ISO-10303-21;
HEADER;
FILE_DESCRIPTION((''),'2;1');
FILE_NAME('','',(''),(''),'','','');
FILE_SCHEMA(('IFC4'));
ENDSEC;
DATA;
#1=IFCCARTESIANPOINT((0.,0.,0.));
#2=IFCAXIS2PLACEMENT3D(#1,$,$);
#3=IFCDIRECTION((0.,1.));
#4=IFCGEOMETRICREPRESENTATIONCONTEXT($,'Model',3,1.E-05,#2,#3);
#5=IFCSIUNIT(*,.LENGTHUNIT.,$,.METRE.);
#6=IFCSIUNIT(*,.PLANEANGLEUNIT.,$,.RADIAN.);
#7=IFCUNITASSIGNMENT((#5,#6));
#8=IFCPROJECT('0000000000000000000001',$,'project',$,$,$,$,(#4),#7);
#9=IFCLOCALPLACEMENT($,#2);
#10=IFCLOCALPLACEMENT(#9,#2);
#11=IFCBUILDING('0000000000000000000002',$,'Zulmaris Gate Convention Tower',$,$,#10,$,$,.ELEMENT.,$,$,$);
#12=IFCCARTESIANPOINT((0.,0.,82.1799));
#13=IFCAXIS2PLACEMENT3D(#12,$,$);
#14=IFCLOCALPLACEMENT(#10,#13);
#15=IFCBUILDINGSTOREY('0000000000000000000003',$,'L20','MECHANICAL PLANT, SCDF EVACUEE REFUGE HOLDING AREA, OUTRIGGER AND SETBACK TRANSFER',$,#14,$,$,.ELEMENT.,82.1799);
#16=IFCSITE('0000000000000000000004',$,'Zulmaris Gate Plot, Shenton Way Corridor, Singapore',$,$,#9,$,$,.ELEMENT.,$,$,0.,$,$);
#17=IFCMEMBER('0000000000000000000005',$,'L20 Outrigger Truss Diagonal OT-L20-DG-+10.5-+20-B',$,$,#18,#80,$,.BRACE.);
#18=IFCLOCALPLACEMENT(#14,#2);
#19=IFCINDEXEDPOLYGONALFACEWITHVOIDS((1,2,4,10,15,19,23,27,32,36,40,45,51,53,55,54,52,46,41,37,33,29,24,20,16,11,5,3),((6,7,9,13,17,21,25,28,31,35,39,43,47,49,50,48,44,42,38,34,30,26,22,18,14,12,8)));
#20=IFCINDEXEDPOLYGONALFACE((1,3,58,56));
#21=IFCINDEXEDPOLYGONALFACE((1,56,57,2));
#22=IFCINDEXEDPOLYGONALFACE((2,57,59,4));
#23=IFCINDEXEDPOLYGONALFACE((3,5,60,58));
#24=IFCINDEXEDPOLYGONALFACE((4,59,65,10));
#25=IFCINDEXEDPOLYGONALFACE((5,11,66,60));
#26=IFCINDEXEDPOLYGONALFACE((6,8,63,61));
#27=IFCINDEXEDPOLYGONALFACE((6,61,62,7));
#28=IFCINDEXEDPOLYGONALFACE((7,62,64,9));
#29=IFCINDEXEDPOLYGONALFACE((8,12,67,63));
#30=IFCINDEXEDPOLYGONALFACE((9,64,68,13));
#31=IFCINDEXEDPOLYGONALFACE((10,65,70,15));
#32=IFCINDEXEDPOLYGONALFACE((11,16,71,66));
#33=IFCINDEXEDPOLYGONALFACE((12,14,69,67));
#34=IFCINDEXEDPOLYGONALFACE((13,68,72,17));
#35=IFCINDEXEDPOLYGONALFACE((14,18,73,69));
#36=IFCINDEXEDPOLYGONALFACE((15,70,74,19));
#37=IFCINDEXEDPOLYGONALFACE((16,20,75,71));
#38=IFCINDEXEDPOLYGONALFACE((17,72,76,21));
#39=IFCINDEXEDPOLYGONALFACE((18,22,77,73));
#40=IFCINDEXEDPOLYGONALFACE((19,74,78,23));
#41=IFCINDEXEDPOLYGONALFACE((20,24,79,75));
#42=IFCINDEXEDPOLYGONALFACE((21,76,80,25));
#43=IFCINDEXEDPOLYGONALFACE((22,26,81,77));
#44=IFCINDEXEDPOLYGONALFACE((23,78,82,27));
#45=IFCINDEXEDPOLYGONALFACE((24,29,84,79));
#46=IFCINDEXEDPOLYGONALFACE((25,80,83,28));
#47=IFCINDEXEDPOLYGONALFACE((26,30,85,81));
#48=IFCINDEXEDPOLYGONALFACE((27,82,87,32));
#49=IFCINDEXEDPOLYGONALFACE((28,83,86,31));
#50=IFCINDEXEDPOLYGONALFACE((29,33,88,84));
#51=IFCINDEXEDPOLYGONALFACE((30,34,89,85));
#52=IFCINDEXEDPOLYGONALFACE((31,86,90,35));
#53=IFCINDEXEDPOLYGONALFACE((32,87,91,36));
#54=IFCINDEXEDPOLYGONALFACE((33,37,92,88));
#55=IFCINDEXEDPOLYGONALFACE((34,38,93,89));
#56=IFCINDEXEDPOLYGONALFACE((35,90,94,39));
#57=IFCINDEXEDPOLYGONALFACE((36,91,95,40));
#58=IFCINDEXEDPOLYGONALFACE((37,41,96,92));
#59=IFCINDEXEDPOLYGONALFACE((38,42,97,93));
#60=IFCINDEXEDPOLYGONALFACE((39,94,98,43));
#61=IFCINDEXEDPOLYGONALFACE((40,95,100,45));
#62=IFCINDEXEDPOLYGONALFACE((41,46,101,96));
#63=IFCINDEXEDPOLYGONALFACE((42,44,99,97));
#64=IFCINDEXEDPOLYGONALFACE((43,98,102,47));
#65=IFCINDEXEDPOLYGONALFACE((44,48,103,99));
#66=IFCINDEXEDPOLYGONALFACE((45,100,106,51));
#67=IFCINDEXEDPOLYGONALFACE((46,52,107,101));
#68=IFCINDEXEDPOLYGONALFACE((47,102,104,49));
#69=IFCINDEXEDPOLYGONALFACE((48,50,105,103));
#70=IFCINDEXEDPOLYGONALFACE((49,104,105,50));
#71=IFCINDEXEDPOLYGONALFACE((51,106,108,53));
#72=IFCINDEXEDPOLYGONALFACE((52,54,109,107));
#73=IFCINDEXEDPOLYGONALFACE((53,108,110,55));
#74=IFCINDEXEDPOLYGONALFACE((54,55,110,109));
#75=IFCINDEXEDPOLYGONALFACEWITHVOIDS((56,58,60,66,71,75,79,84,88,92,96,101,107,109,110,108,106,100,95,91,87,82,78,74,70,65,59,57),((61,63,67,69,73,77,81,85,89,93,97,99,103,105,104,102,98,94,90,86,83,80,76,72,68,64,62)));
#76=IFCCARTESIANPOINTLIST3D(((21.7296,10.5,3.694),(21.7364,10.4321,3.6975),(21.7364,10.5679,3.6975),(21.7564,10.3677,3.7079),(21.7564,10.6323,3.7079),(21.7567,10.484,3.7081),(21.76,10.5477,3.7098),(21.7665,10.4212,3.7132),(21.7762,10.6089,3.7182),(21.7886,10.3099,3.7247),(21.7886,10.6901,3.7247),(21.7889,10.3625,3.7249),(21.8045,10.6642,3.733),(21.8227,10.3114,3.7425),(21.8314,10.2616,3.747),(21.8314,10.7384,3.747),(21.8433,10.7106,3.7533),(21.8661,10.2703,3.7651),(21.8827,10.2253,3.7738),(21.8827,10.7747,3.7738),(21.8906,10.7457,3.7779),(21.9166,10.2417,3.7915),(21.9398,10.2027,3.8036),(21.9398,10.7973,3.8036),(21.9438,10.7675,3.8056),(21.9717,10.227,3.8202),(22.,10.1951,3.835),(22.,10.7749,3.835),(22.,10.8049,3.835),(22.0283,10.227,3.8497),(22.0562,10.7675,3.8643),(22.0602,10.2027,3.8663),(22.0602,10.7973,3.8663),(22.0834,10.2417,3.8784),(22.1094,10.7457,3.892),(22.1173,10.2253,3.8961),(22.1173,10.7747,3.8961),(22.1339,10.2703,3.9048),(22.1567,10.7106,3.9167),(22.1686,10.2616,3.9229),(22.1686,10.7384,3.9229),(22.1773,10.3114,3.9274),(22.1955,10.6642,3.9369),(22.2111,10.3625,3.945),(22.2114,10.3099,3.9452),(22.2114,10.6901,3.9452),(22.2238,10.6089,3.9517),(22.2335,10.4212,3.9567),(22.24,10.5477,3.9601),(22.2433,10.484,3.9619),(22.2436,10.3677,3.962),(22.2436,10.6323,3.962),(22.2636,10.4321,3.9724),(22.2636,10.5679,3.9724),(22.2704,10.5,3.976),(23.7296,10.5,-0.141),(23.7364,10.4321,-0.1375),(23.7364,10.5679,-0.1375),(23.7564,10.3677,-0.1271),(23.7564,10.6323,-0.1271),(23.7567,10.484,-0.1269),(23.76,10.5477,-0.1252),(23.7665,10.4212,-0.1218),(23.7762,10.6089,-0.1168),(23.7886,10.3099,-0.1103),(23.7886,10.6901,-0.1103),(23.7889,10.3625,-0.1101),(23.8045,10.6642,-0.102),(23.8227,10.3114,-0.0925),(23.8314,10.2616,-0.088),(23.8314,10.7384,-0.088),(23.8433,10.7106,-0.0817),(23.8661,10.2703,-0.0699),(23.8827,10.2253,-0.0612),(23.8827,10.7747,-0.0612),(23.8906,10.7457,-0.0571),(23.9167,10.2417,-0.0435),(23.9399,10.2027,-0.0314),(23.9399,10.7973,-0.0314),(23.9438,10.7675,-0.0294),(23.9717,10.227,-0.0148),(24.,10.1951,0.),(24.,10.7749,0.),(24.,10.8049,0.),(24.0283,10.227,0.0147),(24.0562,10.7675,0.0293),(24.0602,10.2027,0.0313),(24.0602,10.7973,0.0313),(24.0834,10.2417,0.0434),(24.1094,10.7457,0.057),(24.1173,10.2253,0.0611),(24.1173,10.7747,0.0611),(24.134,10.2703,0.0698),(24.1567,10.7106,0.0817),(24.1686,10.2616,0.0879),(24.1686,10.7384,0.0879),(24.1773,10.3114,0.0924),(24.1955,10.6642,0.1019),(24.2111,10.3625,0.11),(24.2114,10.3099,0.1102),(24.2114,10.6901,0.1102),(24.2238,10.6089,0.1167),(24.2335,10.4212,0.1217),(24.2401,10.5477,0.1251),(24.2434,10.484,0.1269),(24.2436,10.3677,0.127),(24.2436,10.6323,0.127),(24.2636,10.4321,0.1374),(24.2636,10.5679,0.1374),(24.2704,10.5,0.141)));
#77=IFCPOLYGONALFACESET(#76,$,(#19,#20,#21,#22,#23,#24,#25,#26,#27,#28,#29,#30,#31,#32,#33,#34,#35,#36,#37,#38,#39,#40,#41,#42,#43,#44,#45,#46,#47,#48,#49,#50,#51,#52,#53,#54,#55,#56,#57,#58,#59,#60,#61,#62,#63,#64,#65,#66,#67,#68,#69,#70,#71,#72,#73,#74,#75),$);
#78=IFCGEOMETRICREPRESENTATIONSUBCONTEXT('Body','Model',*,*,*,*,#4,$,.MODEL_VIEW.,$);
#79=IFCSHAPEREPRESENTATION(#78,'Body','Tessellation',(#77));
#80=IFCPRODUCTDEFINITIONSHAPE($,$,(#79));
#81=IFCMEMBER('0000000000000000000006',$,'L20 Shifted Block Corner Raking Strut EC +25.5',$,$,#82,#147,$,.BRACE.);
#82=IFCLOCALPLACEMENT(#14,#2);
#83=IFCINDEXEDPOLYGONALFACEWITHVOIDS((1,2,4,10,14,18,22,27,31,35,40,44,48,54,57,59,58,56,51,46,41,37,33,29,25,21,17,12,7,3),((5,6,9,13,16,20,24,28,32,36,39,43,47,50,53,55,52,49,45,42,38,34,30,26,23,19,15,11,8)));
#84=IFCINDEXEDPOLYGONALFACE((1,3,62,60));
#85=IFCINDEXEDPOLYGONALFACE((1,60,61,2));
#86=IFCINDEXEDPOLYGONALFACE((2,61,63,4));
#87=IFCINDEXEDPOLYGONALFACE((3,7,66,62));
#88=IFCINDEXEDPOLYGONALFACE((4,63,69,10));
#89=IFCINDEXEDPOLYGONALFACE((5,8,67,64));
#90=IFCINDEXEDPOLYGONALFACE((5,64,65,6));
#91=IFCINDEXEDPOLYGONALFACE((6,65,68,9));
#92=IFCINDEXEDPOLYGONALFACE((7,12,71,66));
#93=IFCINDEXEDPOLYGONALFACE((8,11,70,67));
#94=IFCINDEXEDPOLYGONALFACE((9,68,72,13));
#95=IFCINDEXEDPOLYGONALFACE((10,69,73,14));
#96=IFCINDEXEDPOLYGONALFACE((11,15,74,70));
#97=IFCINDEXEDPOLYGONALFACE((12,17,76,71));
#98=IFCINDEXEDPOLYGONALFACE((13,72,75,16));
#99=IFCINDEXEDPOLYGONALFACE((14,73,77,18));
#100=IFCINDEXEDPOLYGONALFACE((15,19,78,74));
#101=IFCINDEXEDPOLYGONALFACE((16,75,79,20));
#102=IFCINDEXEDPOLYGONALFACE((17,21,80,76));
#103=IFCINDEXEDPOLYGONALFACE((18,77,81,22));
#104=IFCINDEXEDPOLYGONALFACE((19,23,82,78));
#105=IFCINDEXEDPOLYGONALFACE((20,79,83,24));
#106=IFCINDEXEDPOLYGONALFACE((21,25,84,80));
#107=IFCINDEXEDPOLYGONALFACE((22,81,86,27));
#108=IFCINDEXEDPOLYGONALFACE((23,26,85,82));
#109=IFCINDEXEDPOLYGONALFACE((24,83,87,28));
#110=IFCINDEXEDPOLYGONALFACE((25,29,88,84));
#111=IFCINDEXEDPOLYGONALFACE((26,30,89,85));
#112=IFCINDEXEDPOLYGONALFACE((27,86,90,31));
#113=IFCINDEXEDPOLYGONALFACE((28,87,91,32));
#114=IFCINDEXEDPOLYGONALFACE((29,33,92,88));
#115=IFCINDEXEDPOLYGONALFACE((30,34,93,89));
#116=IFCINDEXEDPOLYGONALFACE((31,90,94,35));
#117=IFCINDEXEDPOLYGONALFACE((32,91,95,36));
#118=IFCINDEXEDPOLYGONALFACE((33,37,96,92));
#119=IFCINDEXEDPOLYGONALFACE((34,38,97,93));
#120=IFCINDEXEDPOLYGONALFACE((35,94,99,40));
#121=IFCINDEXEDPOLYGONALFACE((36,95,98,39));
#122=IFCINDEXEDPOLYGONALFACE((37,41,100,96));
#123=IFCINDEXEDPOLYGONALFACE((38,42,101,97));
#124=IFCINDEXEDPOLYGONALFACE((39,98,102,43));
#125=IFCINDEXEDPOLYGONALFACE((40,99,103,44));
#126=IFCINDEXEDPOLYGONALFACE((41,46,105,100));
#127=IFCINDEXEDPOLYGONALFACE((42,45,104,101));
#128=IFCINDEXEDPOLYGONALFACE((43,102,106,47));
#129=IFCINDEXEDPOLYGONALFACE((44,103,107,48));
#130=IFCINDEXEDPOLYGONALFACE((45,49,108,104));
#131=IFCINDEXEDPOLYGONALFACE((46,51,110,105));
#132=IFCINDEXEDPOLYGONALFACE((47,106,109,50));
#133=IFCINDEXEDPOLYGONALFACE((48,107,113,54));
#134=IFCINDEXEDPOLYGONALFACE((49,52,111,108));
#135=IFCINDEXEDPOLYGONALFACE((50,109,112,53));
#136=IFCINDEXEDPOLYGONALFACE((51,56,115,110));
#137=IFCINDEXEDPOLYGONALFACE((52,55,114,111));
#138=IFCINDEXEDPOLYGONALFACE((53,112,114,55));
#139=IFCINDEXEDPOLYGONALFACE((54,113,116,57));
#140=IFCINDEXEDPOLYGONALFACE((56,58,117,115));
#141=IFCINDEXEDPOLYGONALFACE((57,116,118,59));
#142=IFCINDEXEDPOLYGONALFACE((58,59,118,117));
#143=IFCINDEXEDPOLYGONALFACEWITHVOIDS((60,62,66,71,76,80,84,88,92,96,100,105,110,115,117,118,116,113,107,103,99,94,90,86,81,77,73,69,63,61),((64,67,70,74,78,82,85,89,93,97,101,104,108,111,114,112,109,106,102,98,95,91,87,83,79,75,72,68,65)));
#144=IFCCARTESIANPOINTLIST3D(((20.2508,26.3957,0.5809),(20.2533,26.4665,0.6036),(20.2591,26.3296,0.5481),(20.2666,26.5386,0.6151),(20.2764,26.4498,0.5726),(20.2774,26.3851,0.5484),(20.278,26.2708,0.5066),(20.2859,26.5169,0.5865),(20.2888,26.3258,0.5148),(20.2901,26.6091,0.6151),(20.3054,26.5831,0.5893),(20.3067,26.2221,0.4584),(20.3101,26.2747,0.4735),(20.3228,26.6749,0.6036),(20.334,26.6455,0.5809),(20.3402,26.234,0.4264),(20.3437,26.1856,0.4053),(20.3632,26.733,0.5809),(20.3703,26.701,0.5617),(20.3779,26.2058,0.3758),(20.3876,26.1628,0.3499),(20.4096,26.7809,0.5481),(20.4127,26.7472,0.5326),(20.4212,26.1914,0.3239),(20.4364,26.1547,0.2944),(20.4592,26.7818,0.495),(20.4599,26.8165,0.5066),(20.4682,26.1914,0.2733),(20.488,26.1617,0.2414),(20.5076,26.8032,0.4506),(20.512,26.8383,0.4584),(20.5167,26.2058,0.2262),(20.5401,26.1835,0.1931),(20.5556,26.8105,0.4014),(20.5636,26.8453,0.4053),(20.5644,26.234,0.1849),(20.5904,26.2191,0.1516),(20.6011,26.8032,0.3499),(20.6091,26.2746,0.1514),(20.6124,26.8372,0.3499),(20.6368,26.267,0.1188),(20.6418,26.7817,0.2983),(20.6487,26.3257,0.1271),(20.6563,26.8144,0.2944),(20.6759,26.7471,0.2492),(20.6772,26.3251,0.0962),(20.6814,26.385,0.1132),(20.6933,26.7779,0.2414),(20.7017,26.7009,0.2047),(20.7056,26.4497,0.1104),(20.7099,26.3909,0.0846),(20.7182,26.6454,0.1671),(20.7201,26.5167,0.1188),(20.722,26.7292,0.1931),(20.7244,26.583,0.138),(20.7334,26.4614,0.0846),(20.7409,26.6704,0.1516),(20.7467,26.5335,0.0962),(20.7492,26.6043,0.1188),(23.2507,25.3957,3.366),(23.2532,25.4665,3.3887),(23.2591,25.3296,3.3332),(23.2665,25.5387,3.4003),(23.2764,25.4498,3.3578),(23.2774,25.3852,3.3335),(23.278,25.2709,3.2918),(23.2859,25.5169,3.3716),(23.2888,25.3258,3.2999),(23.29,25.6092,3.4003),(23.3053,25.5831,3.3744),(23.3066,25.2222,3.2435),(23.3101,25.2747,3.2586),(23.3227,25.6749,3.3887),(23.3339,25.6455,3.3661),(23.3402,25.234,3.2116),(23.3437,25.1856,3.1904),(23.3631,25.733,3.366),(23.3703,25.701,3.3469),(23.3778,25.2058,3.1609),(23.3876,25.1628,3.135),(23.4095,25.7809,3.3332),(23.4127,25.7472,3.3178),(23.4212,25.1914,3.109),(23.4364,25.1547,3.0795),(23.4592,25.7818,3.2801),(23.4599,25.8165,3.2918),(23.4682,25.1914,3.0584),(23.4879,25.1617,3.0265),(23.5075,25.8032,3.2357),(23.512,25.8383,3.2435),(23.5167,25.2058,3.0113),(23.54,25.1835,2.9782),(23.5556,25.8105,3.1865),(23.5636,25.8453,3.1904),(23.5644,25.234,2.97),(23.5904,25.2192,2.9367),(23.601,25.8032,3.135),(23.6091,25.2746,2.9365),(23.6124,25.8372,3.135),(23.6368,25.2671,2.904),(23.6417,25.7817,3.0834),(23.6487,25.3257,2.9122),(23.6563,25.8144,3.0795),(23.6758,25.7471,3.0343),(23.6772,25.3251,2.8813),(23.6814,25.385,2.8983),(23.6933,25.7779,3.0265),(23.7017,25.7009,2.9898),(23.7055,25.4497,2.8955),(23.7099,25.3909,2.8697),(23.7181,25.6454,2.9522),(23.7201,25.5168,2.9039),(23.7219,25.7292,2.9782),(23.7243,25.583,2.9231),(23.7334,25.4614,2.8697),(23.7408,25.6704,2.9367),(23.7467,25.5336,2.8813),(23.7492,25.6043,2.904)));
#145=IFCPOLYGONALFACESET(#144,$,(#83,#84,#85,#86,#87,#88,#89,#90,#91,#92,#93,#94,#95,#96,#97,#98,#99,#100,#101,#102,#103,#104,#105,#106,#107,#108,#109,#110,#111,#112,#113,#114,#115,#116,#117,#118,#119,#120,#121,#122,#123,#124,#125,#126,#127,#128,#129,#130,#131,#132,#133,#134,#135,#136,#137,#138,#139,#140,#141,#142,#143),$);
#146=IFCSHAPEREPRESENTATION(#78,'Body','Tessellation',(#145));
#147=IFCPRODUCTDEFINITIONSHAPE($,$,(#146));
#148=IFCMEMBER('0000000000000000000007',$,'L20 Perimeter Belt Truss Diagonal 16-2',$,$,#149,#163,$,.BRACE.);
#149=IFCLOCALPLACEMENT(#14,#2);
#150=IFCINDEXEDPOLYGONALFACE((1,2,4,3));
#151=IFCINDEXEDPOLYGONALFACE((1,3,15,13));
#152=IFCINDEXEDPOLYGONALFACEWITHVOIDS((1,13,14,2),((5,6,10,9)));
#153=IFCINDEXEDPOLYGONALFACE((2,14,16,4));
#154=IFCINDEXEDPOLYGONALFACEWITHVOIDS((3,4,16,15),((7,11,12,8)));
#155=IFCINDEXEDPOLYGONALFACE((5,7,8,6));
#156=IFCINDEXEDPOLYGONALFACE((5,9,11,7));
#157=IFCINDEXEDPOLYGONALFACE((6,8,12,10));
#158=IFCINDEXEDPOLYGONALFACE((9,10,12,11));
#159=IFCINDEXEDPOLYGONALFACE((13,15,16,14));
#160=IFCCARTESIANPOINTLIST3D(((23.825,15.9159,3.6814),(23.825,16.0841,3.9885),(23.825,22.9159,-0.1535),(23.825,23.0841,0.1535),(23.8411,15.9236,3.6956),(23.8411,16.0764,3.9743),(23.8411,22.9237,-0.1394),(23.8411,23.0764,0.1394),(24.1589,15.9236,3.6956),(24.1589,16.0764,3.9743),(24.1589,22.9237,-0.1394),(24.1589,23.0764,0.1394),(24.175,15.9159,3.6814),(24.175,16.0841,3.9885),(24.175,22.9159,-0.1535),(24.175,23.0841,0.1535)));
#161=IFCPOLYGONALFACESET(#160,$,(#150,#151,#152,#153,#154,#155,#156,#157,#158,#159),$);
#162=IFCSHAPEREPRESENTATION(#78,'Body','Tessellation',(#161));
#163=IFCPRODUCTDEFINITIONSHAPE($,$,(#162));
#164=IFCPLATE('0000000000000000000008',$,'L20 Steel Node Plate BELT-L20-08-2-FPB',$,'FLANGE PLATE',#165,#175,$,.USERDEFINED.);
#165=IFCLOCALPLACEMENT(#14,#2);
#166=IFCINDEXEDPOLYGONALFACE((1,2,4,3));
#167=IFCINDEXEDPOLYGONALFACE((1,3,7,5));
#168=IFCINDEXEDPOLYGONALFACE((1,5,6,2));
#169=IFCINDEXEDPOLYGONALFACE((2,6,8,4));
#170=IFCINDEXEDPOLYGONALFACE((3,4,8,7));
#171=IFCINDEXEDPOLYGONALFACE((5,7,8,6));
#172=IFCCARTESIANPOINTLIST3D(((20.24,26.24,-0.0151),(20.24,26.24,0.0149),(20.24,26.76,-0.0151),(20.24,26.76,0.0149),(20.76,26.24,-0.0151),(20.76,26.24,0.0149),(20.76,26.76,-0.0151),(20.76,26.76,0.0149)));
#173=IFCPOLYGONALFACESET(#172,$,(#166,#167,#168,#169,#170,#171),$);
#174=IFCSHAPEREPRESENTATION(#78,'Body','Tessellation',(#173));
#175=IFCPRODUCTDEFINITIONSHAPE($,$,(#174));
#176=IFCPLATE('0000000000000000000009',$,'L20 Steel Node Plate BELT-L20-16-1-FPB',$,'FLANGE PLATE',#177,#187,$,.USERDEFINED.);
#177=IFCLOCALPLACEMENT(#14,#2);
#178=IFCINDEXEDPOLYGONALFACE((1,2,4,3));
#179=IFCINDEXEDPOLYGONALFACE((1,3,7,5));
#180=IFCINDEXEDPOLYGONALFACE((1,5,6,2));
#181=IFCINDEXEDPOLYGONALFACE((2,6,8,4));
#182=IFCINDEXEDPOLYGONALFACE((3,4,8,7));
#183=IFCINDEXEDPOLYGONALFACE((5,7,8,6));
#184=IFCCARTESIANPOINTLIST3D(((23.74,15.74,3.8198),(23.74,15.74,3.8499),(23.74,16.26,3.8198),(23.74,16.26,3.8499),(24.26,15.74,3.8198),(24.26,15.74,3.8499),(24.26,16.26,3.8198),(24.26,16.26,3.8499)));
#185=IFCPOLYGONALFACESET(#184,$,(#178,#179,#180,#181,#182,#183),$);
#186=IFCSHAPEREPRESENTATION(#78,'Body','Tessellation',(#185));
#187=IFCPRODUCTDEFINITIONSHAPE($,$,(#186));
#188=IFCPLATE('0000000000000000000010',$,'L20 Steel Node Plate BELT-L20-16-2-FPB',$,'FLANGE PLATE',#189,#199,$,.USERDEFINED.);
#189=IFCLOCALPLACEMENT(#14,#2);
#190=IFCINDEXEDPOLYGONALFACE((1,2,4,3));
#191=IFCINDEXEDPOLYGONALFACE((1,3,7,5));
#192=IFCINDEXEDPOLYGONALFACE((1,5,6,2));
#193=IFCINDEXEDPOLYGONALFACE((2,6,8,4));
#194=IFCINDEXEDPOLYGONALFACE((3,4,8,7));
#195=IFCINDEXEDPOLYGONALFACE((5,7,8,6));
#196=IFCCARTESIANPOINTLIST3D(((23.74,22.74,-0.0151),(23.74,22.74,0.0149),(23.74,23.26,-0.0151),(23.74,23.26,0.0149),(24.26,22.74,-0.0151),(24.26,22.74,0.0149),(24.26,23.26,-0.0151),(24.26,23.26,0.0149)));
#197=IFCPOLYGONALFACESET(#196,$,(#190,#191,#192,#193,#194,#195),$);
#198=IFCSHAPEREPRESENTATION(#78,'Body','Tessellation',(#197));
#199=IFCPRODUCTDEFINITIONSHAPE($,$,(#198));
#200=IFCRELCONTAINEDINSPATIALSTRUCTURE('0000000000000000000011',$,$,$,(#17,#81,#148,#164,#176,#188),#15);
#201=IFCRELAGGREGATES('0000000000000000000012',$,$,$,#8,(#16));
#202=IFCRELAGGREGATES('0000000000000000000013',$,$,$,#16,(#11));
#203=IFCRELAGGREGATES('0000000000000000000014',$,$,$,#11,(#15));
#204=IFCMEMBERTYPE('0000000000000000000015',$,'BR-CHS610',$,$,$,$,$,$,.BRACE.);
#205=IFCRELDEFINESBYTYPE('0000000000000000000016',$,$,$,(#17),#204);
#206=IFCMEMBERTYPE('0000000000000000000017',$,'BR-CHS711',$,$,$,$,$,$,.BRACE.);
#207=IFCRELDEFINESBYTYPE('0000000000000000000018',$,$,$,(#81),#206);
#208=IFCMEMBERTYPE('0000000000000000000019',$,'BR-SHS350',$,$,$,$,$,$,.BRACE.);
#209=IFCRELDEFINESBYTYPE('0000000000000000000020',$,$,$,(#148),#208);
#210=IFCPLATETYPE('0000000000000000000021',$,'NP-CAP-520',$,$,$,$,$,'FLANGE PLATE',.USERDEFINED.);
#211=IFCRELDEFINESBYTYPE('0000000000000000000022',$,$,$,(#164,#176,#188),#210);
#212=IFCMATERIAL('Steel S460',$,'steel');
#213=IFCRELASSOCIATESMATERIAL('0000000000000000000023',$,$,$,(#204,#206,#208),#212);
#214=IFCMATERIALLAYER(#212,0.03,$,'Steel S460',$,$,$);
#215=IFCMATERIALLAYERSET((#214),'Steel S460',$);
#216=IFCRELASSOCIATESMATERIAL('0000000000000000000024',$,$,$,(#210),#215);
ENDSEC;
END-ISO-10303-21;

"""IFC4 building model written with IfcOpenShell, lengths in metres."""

from ifc_helpers import new_model, si_unit, direction, frame, origin, origin_2d, place, context, subcontext, project, spatial, rectangle, hollow_rectangle, hollow_circle, extrude, material, layer, layer_set, material_profile, profile_set, type_object, element, save


model = new_model("IFC4")

# Units and contexts
model_context = context("Model", 3, precision=1e-05, world=origin(), true_north=direction((0.0, 1.0)))
body_context = subcontext(model_context, "Body", "Model", "MODEL_VIEW")
ifc_project = project(units=[si_unit("LENGTHUNIT", "METRE"), si_unit("PLANEANGLEUNIT", "RADIAN")], contexts=[model_context])

# Site, building, storey
site_placement = place(None, origin())
site = spatial("IfcSite", under=ifc_project, at=site_placement, Name="Zulmaris Gate Plot, Shenton Way Corridor, Singapore", CompositionType="ELEMENT", RefElevation=0.0)
building_placement = place(site_placement, origin())
building = spatial("IfcBuilding", under=site, at=building_placement, Name="Zulmaris Gate Convention Tower", CompositionType="ELEMENT")
storey_placement = place(building_placement, frame((0.0, 0.0, 82.1799)))
storey = spatial("IfcBuildingStorey", under=building, at=storey_placement, Name="L20", Description="MECHANICAL PLANT, SCDF EVACUEE REFUGE HOLDING AREA, OUTRIGGER AND SETBACK TRANSFER", CompositionType="ELEMENT", Elevation=82.1799)

# Members
ifc_material_1 = material(Name="Steel S460", Category="steel")
ifc_material_profile_1 = material_profile(ifc_material_1, hollow_circle(Radius=0.3049, WallThickness=0.03, at=origin_2d()), Name="CHS 610x30")
ifc_profile_set_1 = profile_set([ifc_material_profile_1], Name="Steel S460")
member_type_1 = type_object("IfcMemberType", Name="BR-CHS610", PredefinedType="BRACE", material=ifc_profile_set_1)
member_1_placement = place(storey_placement, frame((22.0, 10.5, 3.835), z_axis=(0.462412, 0.0, -0.886665), x_axis=(0.0, 1.0, 0.0)))
element("IfcMember", 1, at=member_1_placement, inside=storey, type_object=member_type_1, Name="L20 Outrigger Truss Diagonal OT-L20-DG-+10.5-+20-B", PredefinedType="BRACE", context=body_context, shape_type="SweptSolid", body=[
    extrude(hollow_circle(Radius=0.3049, WallThickness=0.03, at=origin_2d()), origin(), (0.0, 0.0, 1.0), 4.3252),
])
ifc_material_profile_2 = material_profile(ifc_material_1, hollow_circle(Radius=0.3555, WallThickness=0.0359, at=origin_2d()), Name="CHS 711x36")
ifc_profile_set_2 = profile_set([ifc_material_profile_2], Name="Steel S460")
member_type_2 = type_object("IfcMemberType", Name="BR-CHS711", PredefinedType="BRACE", material=ifc_profile_set_2)
member_2_placement = place(storey_placement, frame((20.5, 26.5, 0.3499), z_axis=(0.711927, -0.237309, 0.660942), x_axis=(0.316228, 0.948683, 0.0)))
element("IfcMember", 2, at=member_2_placement, inside=storey, type_object=member_type_2, Name="L20 Shifted Block Corner Raking Strut EC +25.5", PredefinedType="BRACE", context=body_context, shape_type="SweptSolid", body=[
    extrude(hollow_circle(Radius=0.3555, WallThickness=0.0359, at=origin_2d()), origin(), (0.0, 0.0, 1.0), 4.2139),
])
ifc_material_profile_3 = material_profile(ifc_material_1, hollow_rectangle(XDim=0.3501, YDim=0.3501, WallThickness=0.0161, at=origin_2d()), Name="SHS 350x350x16")
ifc_profile_set_3 = profile_set([ifc_material_profile_3], Name="Steel S460")
member_type_3 = type_object("IfcMemberType", Name="BR-SHS350", PredefinedType="BRACE", material=ifc_profile_set_3)
member_3_placement = place(storey_placement, frame((24.0, 16.0, 3.835), z_axis=(0.0, 0.87701, -0.480471), x_axis=(-1.0, 0.0, 0.0)))
element("IfcMember", 3, at=member_3_placement, inside=storey, type_object=member_type_3, Name="L20 Perimeter Belt Truss Diagonal 16-2", PredefinedType="BRACE", context=body_context, shape_type="SweptSolid", body=[
    extrude(hollow_rectangle(XDim=0.3501, YDim=0.3501, WallThickness=0.0161, at=origin_2d()), origin(), (0.0, 0.0, 1.0), 7.9817),
])

# Plates
ifc_layer_1 = layer(ifc_material_1, 0.03, Name="Steel S460")
ifc_layer_set_1 = layer_set([ifc_layer_1], Name="Steel S460")
plate_type_1 = type_object("IfcPlateType", Name="NP-CAP-520", ElementType="FLANGE PLATE", PredefinedType="USERDEFINED", material=ifc_layer_set_1)
for number, where, z_axis, x_axis, name in (
    (4, (20.5, 26.5, -0.0151), (0.0, 0.0, 1.0), (1.0, 0.0, 0.0), "L20 Steel Node Plate BELT-L20-08-2-FPB"),
    (5, (24.0, 16.0, 3.8198), (0.0, 0.0, 1.0), (1.0, 0.0, 0.0), "L20 Steel Node Plate BELT-L20-16-1-FPB"),
    (6, (24.0, 23.0, -0.0151), (0.0, 0.0, 1.0), (1.0, 0.0, 0.0), "L20 Steel Node Plate BELT-L20-16-2-FPB"),
):
    element("IfcPlate", number, at=place(storey_placement, frame(where, z_axis=z_axis, x_axis=x_axis)), inside=storey, type_object=plate_type_1, Name=name, ObjectType="FLANGE PLATE", PredefinedType="USERDEFINED", context=body_context, shape_type="SweptSolid", body=[
        extrude(rectangle(XDim=0.52, YDim=0.52, at=origin_2d()), origin(), (0.0, 0.0, 1.0), 0.03),
    ])

save(model, "model.ifc")
